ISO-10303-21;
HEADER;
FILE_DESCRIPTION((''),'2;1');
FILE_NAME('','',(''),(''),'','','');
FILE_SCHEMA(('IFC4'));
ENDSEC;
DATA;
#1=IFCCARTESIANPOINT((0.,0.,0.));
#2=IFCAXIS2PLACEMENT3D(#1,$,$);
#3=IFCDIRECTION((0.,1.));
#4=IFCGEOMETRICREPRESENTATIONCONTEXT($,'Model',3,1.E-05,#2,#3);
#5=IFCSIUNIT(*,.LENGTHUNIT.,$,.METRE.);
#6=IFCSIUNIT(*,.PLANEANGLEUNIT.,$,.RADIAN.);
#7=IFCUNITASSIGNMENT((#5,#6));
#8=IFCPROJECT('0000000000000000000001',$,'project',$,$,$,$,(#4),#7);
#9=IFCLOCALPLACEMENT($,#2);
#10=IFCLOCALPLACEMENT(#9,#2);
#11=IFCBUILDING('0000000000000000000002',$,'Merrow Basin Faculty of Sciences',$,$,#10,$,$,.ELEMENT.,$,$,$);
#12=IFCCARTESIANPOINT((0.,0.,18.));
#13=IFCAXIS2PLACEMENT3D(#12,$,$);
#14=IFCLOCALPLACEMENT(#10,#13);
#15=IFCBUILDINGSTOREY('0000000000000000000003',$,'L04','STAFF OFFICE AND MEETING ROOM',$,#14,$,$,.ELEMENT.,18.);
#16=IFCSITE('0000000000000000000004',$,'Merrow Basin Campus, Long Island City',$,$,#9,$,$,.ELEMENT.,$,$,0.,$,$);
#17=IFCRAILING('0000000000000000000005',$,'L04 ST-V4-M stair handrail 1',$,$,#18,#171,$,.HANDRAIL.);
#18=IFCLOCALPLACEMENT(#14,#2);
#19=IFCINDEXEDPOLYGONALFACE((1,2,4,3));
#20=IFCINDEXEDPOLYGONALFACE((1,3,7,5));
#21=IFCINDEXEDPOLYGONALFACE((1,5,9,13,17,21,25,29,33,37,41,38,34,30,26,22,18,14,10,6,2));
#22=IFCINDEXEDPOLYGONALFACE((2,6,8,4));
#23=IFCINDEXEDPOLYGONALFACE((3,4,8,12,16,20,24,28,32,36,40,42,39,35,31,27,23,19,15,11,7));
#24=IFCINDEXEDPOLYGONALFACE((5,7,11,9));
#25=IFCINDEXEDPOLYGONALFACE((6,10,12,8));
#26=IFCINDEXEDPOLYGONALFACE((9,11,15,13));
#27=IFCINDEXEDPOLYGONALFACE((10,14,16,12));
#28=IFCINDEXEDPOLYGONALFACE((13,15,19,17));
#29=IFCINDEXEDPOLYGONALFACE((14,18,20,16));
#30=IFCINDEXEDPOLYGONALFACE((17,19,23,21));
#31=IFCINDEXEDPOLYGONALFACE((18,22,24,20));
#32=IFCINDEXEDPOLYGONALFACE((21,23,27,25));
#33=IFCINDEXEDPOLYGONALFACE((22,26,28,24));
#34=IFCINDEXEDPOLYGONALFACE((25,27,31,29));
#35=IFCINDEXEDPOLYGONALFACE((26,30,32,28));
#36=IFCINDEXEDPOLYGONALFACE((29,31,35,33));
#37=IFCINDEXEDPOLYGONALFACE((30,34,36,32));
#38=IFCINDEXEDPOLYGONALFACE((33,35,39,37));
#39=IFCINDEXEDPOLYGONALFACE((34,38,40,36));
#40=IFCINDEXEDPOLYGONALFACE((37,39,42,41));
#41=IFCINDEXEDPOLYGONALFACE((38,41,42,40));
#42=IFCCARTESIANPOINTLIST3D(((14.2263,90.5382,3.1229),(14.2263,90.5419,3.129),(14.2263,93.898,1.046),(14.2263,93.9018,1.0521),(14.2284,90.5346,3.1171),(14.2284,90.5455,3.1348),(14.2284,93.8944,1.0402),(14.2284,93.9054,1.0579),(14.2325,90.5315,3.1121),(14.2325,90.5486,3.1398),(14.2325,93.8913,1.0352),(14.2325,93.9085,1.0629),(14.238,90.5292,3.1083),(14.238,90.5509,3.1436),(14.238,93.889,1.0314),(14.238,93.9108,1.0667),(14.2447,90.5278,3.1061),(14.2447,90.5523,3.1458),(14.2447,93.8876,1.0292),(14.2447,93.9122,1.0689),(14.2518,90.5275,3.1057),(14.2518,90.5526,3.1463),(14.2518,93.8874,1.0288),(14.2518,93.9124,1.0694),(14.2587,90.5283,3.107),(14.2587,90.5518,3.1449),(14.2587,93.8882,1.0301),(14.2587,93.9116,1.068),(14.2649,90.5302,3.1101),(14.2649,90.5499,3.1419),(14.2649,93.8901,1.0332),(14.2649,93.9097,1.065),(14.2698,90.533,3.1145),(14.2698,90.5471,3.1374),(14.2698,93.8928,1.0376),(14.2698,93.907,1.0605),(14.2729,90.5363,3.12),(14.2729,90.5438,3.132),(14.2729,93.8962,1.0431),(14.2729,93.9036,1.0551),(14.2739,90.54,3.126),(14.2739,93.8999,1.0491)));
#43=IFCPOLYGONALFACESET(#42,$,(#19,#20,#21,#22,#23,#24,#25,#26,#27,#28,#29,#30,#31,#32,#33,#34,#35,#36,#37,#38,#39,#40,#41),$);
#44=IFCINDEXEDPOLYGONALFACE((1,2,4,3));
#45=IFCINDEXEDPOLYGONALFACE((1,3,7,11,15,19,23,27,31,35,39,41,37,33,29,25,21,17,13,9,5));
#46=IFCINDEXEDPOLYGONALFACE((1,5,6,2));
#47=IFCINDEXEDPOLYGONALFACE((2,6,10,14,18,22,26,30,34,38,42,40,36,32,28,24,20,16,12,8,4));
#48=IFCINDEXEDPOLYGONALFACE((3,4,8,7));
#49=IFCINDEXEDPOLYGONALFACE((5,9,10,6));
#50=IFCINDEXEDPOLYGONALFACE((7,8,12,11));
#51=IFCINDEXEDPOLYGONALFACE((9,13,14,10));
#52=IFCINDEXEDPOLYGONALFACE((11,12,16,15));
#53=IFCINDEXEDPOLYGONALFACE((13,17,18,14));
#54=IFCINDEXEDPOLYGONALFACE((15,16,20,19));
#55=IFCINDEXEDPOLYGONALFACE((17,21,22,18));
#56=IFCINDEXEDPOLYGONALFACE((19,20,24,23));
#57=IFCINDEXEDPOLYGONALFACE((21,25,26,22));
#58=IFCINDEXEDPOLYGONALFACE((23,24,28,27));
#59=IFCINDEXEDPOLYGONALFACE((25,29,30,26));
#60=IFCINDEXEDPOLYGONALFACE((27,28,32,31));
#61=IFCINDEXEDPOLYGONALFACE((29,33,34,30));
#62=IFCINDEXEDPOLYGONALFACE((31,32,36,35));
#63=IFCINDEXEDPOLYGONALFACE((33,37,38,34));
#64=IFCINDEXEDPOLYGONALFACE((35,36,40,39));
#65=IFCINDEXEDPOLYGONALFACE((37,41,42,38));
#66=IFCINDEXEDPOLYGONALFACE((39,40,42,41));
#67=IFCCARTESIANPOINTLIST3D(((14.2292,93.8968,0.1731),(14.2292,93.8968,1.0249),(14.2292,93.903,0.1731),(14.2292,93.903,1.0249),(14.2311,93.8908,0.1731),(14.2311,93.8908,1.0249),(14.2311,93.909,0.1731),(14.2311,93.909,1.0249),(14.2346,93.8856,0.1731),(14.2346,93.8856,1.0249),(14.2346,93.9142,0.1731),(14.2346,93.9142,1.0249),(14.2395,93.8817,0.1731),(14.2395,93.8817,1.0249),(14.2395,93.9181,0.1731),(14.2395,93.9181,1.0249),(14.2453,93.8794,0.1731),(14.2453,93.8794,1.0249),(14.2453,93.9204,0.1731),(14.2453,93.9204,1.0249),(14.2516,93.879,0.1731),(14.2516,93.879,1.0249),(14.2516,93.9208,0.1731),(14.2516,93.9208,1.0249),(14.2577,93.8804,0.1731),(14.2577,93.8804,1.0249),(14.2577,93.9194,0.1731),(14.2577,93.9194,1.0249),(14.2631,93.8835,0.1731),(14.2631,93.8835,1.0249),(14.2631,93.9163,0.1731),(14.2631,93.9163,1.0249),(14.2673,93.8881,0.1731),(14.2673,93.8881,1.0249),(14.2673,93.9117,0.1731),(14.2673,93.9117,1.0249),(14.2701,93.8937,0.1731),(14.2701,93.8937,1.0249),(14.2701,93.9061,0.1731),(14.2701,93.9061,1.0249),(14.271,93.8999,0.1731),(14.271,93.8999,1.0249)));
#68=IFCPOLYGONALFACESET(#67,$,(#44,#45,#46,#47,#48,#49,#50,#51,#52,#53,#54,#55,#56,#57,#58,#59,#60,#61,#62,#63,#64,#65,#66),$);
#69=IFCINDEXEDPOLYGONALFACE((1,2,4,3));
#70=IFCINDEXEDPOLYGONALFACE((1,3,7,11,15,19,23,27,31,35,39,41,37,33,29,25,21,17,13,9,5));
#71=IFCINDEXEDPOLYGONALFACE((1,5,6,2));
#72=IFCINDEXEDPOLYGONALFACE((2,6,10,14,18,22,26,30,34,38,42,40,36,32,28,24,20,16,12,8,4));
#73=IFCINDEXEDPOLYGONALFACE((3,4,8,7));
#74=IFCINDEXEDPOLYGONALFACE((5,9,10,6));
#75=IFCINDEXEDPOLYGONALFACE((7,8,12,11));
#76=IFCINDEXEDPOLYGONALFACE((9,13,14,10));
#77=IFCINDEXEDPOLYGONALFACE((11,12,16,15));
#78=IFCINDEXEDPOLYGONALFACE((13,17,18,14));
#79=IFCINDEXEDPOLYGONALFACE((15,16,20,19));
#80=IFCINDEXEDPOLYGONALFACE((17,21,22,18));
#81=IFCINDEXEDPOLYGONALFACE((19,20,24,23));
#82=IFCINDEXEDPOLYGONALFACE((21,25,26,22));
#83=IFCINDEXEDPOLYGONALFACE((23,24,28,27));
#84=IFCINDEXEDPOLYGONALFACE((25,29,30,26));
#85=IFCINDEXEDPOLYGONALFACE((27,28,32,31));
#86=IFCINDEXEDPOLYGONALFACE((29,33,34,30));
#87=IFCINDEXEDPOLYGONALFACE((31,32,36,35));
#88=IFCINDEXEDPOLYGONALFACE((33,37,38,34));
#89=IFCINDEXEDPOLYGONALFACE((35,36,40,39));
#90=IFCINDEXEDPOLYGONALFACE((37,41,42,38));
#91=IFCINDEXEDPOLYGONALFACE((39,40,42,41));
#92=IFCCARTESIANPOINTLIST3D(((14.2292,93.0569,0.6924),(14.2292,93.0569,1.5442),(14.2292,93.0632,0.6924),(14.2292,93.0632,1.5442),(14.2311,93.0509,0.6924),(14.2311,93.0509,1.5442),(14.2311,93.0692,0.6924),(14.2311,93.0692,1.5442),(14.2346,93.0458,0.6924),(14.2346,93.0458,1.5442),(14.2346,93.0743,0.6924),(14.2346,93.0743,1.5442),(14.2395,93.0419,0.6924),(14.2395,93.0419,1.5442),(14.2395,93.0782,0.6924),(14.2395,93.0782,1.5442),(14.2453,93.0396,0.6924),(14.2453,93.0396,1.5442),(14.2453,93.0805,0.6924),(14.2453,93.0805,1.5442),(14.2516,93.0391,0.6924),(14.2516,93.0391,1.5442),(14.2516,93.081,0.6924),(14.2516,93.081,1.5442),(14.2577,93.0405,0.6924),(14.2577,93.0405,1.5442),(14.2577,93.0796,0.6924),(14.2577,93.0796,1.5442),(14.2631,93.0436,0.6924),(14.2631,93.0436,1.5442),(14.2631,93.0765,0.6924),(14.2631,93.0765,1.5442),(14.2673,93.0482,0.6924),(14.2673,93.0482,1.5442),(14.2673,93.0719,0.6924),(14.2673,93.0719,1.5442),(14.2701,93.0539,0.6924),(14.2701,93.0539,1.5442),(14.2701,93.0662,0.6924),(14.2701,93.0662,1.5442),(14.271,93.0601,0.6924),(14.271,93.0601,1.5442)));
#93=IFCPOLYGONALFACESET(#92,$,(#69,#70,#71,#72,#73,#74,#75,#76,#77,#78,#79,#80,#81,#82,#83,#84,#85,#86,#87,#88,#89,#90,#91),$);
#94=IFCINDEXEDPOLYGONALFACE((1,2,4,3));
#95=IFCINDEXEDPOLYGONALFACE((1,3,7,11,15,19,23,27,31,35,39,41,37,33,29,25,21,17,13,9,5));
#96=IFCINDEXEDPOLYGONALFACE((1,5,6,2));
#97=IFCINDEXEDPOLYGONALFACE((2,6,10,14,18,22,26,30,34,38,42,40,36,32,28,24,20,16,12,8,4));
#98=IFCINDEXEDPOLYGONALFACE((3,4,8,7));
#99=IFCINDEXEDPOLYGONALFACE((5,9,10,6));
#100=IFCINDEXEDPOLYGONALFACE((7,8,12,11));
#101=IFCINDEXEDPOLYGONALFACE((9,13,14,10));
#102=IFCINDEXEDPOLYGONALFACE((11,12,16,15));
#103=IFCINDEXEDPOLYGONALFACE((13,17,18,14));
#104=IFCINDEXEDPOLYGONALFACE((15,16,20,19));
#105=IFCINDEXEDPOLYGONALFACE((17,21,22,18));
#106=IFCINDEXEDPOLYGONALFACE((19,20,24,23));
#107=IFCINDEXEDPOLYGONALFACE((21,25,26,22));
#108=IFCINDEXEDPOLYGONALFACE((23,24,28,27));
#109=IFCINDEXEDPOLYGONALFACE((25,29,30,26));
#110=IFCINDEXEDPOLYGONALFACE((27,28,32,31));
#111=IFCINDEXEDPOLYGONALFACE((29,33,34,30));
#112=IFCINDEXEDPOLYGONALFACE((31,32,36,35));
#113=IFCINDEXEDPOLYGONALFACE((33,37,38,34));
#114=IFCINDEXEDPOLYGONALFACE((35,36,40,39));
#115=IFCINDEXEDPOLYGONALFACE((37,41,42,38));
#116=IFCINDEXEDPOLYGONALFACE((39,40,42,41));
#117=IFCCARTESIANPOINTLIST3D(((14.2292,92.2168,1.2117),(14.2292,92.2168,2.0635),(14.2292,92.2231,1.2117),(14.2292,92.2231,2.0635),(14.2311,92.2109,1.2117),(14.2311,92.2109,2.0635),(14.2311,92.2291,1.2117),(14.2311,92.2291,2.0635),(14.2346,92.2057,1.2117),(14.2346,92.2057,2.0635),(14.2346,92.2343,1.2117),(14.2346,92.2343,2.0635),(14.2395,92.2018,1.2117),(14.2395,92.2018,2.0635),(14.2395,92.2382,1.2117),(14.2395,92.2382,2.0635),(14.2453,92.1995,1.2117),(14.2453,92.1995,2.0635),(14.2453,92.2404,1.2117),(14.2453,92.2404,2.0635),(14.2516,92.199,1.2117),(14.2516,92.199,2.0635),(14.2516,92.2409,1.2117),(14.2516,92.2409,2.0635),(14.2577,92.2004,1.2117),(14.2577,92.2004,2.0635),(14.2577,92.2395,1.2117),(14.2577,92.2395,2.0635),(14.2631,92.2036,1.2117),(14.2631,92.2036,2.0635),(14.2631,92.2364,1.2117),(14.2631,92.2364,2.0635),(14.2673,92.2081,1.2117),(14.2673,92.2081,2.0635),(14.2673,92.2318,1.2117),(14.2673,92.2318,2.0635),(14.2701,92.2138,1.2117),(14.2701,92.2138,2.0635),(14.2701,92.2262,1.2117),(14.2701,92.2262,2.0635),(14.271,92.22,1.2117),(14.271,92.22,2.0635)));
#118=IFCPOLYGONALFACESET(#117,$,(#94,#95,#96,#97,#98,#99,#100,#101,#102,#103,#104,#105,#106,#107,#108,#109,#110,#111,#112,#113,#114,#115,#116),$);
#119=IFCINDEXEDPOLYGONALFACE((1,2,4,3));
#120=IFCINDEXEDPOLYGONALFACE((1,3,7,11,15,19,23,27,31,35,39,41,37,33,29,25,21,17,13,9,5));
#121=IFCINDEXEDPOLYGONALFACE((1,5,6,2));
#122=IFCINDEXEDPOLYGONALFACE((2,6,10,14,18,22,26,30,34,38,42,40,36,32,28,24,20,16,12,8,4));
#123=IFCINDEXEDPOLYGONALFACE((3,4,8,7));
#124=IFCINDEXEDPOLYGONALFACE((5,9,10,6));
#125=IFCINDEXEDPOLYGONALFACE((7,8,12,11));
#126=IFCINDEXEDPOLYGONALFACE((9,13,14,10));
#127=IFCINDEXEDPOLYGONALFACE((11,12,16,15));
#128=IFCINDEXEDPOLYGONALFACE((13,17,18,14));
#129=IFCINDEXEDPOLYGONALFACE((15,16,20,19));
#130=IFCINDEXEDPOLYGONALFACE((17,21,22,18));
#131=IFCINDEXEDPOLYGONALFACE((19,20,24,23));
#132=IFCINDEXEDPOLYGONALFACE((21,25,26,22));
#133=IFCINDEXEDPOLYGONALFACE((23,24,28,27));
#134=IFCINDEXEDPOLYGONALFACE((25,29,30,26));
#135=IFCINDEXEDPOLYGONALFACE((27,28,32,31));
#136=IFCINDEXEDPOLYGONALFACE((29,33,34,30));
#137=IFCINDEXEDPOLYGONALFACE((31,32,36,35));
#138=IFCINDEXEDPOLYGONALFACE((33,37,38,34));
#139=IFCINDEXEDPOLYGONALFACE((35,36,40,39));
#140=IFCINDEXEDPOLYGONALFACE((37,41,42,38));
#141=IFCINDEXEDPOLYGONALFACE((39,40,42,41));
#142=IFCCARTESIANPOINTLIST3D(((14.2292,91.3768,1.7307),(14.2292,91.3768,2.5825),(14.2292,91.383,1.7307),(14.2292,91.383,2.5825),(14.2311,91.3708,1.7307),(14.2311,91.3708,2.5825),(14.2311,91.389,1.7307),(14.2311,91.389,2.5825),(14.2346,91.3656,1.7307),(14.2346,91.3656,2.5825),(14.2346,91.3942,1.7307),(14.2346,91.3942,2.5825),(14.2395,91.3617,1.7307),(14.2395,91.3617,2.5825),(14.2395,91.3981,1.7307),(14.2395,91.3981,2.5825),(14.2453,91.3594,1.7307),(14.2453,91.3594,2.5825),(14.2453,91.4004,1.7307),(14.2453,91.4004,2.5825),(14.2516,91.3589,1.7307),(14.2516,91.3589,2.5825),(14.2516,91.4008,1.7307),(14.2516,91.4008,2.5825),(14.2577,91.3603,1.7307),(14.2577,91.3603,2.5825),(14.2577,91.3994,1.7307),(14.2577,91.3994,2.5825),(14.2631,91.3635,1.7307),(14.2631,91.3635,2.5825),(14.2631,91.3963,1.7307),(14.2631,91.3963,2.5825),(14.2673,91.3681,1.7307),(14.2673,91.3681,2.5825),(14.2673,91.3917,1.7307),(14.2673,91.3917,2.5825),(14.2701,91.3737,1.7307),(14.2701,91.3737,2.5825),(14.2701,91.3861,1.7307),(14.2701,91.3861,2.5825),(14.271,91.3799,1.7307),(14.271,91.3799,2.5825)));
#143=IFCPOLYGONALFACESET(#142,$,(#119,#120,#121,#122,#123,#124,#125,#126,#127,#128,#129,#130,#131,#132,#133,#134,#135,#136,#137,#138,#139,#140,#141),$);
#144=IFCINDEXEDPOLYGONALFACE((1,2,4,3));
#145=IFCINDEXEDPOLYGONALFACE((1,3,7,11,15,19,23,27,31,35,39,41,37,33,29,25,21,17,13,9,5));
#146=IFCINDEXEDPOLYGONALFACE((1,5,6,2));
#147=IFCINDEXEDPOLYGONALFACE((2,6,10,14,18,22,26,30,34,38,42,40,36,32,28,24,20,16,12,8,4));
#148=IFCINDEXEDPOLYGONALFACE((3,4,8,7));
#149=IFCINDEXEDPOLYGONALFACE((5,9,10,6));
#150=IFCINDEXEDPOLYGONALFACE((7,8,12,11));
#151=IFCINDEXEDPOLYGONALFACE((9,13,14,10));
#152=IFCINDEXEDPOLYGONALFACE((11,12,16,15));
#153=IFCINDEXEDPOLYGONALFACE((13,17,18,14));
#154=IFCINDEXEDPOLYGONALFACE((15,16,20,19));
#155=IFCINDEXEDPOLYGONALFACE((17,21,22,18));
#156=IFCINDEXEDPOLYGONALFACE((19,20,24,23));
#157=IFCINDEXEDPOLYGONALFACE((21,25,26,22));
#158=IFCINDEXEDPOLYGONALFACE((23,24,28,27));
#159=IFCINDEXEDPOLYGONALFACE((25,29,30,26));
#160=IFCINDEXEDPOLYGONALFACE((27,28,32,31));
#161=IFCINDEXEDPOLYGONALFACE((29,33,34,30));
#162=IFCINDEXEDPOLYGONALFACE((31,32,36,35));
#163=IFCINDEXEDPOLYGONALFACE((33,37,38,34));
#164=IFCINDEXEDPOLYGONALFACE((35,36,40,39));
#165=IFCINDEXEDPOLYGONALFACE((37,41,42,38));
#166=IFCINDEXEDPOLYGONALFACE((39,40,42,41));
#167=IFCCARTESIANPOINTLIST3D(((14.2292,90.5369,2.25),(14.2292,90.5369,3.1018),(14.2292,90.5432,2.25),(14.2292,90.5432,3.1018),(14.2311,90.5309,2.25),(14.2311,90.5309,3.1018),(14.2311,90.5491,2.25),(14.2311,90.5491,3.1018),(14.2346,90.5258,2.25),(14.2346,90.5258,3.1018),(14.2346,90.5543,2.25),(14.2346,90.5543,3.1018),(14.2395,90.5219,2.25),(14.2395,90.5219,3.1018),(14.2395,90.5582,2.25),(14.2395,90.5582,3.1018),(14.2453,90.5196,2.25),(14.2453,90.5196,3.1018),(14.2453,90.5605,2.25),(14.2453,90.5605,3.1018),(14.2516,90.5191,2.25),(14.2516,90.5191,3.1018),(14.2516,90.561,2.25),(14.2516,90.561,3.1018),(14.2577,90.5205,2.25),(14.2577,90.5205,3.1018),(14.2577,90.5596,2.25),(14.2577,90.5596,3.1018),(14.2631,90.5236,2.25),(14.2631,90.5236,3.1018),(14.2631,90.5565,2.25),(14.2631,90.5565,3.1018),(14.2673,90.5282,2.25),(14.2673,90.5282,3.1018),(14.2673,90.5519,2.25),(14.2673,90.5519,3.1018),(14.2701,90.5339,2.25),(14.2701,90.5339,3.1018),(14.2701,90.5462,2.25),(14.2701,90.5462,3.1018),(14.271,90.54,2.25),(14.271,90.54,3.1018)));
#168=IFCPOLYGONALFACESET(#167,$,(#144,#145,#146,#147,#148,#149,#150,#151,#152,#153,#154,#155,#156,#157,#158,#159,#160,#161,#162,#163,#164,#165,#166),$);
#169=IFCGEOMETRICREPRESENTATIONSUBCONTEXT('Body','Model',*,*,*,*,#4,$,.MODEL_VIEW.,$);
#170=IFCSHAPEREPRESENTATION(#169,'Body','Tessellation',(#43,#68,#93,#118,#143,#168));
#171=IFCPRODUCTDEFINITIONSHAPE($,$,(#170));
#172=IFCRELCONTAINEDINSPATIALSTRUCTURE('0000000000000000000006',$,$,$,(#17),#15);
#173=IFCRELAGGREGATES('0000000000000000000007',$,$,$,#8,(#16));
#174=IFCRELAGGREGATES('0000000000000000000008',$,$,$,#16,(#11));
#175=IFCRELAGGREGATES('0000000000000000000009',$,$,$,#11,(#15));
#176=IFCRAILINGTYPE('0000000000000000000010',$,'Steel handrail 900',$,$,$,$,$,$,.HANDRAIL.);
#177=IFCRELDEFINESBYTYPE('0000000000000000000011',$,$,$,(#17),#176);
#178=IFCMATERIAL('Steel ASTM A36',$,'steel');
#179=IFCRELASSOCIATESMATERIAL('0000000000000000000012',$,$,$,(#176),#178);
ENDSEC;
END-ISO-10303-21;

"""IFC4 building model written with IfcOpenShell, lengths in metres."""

from ifc_helpers import new_model, si_unit, direction, frame, origin, origin_2d, place, context, subcontext, project, spatial, circle, extrude, material, type_object, element, save


model = new_model("IFC4")

# Units and contexts
model_context = context("Model", 3, precision=1e-05, world=origin(), true_north=direction((0.0, 1.0)))
body_context = subcontext(model_context, "Body", "Model", "MODEL_VIEW")
ifc_project = project(units=[si_unit("LENGTHUNIT", "METRE"), si_unit("PLANEANGLEUNIT", "RADIAN")], contexts=[model_context])

# Site, building, storey
site_placement = place(None, origin())
site = spatial("IfcSite", under=ifc_project, at=site_placement, Name="Merrow Basin Campus, Long Island City", CompositionType="ELEMENT", RefElevation=0.0)
building_placement = place(site_placement, origin())
building = spatial("IfcBuilding", under=site, at=building_placement, Name="Merrow Basin Faculty of Sciences", CompositionType="ELEMENT")
storey_placement = place(building_placement, frame((0.0, 0.0, 18.0)))
storey = spatial("IfcBuildingStorey", under=building, at=storey_placement, Name="L04", Description="STAFF OFFICE AND MEETING ROOM", CompositionType="ELEMENT", Elevation=18.0)

# Railing
ifc_material_1 = material(Name="Steel ASTM A36", Category="steel")
railing_type_1 = type_object("IfcRailingType", Name="Steel handrail 900", PredefinedType="HANDRAIL", material=ifc_material_1)
railing_1_placement = place(storey_placement, frame((14.25, 93.8999, 0.1731)))
element("IfcRailing", 1, at=railing_1_placement, inside=storey, type_object=railing_type_1, Name="L04 ST-V4-M stair handrail 1", PredefinedType="HANDRAIL", context=body_context, shape_type="SweptSolid", body=[
    extrude(circle(Radius=0.0239, at=origin_2d()), frame((0.0, 0.0, 0.876), z_axis=(0.0, -0.850606, 0.525803), x_axis=(1.0, 0.0, 0.0)), (0.0, 0.0, 1.0), 3.95),
    extrude(circle(Radius=0.021, at=origin_2d()), origin(), (0.0, 0.0, 1.0), 0.8518),
    extrude(circle(Radius=0.021, at=origin_2d()), frame((0.0, -0.8398, 0.5193)), (0.0, 0.0, 1.0), 0.8518),
    extrude(circle(Radius=0.021, at=origin_2d()), frame((0.0, -1.6799, 1.0386)), (0.0, 0.0, 1.0), 0.8518),
    extrude(circle(Radius=0.021, at=origin_2d()), frame((0.0, -2.52, 1.5576)), (0.0, 0.0, 1.0), 0.8518),
    extrude(circle(Radius=0.021, at=origin_2d()), frame((0.0, -3.3599, 2.0769)), (0.0, 0.0, 1.0), 0.8518),
])

save(model, "model.ifc")
